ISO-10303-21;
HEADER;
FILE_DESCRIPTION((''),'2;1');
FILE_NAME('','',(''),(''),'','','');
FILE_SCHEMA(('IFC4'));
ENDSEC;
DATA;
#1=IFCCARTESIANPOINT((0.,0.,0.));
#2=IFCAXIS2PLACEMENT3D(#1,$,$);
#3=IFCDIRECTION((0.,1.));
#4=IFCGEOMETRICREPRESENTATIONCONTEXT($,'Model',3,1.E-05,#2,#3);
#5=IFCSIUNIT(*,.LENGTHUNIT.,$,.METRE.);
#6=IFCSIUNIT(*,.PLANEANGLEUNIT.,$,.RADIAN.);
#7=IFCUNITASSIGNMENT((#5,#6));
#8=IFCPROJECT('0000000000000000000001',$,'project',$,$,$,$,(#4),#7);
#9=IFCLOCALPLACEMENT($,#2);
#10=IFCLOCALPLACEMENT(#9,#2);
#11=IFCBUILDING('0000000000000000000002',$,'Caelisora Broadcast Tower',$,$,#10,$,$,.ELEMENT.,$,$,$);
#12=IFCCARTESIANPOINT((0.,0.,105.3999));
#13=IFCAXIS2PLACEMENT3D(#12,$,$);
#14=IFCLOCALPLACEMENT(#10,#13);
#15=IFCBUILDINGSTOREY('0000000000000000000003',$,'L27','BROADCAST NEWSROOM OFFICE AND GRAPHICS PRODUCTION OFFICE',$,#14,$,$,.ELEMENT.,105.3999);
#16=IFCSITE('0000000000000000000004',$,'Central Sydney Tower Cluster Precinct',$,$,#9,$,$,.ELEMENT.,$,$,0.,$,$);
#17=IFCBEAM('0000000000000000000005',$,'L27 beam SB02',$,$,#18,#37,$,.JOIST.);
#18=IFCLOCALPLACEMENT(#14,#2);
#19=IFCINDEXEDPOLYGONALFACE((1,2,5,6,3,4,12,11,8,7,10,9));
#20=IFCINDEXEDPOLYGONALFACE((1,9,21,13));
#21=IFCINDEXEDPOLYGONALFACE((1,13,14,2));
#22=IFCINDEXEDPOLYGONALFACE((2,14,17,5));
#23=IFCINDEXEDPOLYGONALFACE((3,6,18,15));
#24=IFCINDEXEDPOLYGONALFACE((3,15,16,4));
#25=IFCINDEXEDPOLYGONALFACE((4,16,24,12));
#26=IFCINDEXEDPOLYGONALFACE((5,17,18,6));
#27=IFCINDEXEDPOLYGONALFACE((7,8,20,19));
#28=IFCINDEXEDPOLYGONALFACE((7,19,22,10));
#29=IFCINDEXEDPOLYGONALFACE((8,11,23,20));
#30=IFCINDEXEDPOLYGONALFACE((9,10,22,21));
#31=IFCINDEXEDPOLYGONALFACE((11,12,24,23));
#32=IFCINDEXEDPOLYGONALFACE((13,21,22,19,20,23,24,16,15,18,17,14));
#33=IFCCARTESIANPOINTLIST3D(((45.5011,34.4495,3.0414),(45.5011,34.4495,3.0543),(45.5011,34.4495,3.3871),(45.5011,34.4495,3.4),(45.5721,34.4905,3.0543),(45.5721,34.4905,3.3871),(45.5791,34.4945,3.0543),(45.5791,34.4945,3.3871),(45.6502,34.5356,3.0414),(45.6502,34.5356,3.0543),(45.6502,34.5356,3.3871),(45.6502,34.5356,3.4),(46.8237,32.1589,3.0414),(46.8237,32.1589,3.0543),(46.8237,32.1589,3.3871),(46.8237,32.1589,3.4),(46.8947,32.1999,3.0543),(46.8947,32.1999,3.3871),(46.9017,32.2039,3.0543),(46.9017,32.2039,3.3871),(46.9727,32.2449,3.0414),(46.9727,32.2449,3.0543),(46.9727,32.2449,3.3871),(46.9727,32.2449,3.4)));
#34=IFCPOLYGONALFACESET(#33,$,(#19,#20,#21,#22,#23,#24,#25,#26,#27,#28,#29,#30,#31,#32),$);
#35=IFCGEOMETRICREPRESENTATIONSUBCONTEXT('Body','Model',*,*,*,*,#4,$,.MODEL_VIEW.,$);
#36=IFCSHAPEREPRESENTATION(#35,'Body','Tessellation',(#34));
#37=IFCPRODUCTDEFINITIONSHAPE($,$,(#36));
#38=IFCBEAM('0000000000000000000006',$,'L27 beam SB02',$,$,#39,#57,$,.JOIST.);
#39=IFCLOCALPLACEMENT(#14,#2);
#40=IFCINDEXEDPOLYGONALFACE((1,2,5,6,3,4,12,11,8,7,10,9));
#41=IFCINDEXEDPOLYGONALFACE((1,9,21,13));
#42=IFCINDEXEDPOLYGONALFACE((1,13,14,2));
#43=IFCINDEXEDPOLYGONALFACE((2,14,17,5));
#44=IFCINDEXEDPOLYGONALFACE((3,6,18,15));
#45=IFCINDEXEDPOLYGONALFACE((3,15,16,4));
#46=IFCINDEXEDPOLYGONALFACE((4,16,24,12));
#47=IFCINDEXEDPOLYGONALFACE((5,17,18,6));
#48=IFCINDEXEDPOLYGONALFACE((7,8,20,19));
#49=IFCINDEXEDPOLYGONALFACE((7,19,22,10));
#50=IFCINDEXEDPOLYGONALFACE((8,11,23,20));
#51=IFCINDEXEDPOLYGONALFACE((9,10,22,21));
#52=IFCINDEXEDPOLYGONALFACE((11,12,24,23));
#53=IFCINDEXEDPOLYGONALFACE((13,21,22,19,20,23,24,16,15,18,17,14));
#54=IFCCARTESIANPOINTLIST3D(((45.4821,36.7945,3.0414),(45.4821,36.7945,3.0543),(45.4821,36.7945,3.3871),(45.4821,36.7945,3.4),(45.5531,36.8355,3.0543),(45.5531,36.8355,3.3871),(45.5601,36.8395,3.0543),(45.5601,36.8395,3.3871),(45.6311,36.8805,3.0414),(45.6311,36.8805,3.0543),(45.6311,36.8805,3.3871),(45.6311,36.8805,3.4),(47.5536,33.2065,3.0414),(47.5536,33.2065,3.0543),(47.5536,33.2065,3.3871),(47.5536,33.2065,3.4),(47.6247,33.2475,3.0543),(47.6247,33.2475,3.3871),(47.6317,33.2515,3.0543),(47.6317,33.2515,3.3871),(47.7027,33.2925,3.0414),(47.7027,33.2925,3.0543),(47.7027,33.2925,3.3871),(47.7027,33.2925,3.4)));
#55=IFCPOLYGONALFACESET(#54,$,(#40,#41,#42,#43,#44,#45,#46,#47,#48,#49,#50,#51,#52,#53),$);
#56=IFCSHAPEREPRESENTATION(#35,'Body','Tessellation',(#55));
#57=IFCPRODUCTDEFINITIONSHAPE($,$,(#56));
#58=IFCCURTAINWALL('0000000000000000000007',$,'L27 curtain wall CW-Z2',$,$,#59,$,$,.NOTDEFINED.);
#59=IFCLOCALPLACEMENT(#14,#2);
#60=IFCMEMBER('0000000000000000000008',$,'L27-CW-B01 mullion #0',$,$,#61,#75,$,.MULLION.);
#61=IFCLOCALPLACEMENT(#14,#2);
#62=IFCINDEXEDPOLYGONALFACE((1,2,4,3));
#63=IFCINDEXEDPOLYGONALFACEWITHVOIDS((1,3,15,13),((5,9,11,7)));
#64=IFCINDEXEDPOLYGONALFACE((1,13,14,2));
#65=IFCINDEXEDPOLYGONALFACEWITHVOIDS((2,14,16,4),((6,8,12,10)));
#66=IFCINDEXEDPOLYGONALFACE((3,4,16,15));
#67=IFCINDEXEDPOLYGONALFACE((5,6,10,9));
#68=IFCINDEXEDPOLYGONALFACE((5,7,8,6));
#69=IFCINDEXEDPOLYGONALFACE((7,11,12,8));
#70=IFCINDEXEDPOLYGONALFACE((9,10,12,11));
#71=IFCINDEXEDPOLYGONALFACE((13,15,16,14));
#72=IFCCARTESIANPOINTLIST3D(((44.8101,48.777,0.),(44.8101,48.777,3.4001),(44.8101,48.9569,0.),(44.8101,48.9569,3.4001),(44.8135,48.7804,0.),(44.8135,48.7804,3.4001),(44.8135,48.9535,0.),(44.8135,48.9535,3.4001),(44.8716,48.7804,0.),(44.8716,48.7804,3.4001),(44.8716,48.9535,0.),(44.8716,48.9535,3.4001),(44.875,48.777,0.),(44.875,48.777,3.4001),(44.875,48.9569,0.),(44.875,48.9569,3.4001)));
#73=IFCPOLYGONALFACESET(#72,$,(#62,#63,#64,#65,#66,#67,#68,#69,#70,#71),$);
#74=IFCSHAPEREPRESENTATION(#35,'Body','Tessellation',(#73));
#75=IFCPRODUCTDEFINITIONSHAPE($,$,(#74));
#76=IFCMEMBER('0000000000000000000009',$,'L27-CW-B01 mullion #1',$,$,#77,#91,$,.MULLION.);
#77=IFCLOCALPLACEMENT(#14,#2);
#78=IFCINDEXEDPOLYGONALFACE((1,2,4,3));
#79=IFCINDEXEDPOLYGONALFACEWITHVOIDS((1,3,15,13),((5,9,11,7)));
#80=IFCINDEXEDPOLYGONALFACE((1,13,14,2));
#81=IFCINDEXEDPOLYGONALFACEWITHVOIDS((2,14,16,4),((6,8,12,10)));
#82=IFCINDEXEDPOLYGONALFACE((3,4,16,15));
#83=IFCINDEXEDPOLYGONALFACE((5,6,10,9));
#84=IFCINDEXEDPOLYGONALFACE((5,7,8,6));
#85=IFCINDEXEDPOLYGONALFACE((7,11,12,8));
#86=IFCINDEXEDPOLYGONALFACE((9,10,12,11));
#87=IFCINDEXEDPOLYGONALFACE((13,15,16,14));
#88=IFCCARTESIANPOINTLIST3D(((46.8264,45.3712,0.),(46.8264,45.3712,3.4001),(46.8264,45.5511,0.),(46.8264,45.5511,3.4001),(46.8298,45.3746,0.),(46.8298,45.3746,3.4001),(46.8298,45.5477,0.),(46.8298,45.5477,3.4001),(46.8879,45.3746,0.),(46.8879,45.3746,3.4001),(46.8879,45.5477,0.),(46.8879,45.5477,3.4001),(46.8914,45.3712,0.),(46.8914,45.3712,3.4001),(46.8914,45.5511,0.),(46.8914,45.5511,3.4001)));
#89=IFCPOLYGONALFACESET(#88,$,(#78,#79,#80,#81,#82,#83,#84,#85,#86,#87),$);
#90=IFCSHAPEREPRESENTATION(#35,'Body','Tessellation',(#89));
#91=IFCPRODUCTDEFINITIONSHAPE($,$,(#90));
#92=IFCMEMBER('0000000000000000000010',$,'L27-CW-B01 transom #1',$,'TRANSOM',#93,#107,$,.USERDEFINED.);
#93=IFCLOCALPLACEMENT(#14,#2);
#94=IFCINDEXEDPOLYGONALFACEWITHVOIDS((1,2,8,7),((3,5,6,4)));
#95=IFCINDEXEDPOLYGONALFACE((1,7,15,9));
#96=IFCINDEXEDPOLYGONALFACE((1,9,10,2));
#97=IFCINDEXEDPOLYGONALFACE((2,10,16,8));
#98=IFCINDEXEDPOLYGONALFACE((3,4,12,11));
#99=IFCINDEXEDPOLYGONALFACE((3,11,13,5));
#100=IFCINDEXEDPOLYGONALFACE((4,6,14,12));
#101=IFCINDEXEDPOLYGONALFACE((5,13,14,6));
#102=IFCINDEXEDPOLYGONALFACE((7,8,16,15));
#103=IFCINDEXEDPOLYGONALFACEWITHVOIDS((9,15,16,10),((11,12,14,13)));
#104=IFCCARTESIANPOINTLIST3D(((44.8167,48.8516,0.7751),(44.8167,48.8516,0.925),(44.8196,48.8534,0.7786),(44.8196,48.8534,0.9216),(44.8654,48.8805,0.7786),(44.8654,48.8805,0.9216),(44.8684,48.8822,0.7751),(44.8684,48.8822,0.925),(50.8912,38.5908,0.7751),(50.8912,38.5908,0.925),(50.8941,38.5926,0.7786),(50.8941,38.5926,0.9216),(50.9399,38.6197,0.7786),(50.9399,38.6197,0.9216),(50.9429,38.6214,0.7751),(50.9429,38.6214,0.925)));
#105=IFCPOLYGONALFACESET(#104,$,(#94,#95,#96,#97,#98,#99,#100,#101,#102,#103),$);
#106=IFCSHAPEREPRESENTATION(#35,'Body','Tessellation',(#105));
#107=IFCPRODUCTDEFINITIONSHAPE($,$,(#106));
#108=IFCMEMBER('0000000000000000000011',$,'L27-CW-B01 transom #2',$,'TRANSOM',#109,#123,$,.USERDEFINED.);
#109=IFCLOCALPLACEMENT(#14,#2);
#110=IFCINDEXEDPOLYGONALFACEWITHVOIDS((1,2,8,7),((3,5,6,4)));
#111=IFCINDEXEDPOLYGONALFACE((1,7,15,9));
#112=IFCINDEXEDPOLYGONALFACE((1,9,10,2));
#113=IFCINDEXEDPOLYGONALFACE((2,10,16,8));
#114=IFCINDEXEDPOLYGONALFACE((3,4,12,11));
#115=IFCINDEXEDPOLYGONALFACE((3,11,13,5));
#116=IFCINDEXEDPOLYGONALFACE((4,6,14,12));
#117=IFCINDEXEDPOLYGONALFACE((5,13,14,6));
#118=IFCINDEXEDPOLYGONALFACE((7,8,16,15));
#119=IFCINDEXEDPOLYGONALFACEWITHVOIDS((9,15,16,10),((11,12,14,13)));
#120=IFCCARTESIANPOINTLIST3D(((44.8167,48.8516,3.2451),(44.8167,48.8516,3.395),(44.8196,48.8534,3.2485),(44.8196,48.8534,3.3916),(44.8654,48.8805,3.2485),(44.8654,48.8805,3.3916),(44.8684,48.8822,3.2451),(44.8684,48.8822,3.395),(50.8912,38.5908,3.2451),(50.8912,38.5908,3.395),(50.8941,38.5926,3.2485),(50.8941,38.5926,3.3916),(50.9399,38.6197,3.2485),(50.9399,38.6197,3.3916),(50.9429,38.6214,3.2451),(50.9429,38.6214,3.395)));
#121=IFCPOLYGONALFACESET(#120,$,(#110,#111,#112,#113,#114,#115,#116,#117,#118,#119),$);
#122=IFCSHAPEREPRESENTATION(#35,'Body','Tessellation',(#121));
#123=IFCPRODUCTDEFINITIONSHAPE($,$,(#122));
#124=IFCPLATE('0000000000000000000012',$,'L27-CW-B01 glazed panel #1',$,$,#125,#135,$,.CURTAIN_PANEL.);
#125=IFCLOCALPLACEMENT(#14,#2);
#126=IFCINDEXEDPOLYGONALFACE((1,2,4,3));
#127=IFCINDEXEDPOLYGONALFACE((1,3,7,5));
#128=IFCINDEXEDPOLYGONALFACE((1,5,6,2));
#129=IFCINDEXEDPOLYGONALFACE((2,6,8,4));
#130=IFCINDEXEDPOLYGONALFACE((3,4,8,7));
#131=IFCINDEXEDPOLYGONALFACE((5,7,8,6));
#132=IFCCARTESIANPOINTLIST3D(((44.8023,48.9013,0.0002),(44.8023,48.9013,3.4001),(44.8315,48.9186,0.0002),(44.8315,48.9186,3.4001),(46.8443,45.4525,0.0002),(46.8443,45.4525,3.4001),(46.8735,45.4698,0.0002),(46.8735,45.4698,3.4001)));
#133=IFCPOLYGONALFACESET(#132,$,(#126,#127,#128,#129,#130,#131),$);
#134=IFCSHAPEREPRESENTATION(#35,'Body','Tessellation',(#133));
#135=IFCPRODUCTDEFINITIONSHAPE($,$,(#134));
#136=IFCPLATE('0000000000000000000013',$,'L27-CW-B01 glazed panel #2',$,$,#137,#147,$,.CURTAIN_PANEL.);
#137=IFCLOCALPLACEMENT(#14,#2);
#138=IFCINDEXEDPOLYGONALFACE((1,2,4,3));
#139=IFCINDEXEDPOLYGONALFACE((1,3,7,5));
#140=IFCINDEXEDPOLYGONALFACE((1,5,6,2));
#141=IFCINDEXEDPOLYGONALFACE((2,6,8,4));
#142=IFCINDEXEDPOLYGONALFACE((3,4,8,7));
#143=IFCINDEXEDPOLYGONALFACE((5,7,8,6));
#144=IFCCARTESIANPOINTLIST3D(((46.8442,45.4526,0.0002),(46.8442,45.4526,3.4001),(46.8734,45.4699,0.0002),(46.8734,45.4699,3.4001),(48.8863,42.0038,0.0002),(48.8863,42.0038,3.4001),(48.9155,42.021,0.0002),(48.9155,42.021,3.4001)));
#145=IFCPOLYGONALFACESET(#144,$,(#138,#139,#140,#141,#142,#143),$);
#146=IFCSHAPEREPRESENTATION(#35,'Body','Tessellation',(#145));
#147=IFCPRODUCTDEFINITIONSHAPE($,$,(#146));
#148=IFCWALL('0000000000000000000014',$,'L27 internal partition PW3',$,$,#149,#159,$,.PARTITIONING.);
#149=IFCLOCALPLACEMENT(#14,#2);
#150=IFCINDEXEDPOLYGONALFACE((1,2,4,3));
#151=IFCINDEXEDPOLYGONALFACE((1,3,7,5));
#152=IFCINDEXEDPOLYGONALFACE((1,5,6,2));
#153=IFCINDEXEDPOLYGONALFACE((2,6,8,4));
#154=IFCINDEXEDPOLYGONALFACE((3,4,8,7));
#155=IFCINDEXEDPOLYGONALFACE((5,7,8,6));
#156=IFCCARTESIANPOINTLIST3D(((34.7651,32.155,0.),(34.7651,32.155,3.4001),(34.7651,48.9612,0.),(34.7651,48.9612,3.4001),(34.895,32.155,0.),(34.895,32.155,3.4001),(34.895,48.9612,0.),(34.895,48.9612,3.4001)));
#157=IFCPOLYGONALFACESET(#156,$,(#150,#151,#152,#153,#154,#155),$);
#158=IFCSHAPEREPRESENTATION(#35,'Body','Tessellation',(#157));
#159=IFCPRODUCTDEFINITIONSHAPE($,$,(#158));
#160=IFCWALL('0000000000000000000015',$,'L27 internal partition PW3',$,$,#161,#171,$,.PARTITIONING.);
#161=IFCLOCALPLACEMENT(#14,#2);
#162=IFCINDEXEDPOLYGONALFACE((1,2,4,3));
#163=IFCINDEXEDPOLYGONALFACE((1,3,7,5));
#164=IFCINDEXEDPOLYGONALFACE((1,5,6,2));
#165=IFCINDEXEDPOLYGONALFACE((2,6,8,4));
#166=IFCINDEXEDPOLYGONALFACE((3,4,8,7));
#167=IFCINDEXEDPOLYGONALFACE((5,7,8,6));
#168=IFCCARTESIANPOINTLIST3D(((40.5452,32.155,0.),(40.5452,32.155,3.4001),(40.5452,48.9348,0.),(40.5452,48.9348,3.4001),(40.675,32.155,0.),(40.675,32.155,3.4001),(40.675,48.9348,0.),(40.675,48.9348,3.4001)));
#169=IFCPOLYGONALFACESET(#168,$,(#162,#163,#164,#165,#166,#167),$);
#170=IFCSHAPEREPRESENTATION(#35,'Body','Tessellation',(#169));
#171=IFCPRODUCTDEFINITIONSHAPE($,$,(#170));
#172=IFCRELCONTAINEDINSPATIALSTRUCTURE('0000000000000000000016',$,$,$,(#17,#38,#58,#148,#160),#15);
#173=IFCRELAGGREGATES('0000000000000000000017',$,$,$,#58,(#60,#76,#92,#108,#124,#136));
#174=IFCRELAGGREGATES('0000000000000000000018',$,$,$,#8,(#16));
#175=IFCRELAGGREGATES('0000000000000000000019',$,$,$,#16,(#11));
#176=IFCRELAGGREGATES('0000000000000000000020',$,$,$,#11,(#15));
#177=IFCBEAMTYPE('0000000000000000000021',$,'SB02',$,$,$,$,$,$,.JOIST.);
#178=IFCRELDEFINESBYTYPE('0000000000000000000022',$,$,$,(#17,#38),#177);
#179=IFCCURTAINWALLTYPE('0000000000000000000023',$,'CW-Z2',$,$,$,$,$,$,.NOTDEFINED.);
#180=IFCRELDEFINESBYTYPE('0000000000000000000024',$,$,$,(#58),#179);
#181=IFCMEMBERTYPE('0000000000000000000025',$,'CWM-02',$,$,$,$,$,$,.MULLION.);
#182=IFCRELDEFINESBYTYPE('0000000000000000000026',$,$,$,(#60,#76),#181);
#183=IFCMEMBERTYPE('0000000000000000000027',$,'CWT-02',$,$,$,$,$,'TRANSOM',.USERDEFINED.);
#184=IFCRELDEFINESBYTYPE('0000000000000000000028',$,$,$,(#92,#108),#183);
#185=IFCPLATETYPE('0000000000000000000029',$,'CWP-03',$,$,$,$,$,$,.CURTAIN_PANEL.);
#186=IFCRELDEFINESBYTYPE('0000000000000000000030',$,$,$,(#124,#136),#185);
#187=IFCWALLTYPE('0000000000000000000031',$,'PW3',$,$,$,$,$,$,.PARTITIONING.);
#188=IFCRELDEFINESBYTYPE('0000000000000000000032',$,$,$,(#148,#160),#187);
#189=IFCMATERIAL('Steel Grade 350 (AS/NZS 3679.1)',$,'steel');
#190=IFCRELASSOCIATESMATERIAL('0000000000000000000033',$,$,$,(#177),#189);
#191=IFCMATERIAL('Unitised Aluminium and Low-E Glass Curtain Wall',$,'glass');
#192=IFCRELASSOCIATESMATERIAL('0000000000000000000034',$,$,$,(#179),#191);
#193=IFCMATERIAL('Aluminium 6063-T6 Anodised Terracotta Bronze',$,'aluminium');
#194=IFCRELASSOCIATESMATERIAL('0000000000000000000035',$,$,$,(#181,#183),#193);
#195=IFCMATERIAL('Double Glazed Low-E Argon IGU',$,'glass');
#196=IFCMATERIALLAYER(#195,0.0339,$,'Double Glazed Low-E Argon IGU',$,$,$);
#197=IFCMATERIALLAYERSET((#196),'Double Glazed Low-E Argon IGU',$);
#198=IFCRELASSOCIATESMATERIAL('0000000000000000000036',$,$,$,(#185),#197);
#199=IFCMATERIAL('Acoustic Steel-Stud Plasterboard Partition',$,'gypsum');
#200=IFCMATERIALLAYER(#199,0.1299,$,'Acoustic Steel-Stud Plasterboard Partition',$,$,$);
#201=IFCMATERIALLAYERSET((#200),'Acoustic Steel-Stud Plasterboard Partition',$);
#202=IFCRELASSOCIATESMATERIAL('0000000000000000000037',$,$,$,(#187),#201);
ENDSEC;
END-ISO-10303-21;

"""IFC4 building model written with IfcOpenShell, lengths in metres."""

from ifc_helpers import new_model, si_unit, direction, frame, frame_2d, origin, origin_2d, place, context, subcontext, project, spatial, rectangle, hollow_rectangle, i_section, extrude, source, transform, mapped, material, layer, layer_set, material_profile, profile_set, type_object, type_shapes, element, aggregate, save


model = new_model("IFC4")

# Units and contexts
model_context = context("Model", 3, precision=1e-05, world=origin(), true_north=direction((0.0, 1.0)))
body_context = subcontext(model_context, "Body", "Model", "MODEL_VIEW")
ifc_project = project(units=[si_unit("LENGTHUNIT", "METRE"), si_unit("PLANEANGLEUNIT", "RADIAN")], contexts=[model_context])

# Site, building, storey
site_placement = place(None, origin())
site = spatial("IfcSite", under=ifc_project, at=site_placement, Name="Central Sydney Tower Cluster Precinct", CompositionType="ELEMENT", RefElevation=0.0)
building_placement = place(site_placement, origin())
building = spatial("IfcBuilding", under=site, at=building_placement, Name="Caelisora Broadcast Tower", CompositionType="ELEMENT")
storey_placement = place(building_placement, frame((0.0, 0.0, 105.3999)))
storey = spatial("IfcBuildingStorey", under=building, at=storey_placement, Name="L27", Description="BROADCAST NEWSROOM OFFICE AND GRAPHICS PRODUCTION OFFICE", CompositionType="ELEMENT", Elevation=105.3999)

# Beams
ifc_material_1 = material(Name="Steel Grade 350 (AS/NZS 3679.1)", Category="steel")
ifc_material_profile_1 = material_profile(ifc_material_1, i_section(OverallWidth=0.1721, OverallDepth=0.3586, WebThickness=0.0081, FlangeThickness=0.0129, at=origin_2d()), Name="Steel Grade 350 (AS/NZS 3679.1)")
ifc_profile_set_1 = profile_set([ifc_material_profile_1], Name="Steel Grade 350 (AS/NZS 3679.1)")
beam_type_1 = type_object("IfcBeamType", Name="SB02", PredefinedType="JOIST", material=ifc_profile_set_1)
shared_shape_1 = source(origin(), body_context, "Body", "SweptSolid", [
    extrude(i_section(OverallWidth=0.1721, OverallDepth=0.3586, WebThickness=0.0081, FlangeThickness=0.0129, at=origin_2d()), origin(), (0.0, 0.0, 1.0), 2.645),
])
beam_1_placement = place(storey_placement, frame((46.8982, 32.2019, 3.2207), z_axis=(-0.500021, 0.866013, 0.0), x_axis=(-0.866013, -0.500021, 0.0)))
element("IfcBeam", 1, at=beam_1_placement, inside=storey, type_object=beam_type_1, Name="L27 beam SB02", PredefinedType="JOIST", context=body_context, shape_type="MappedRepresentation", body=[
    mapped(shared_shape_1, transform((0.0, 0.0, 0.0), scale=1.0)),
])
shared_shape_2 = source(origin(), body_context, "Body", "SweptSolid", [
    extrude(i_section(OverallWidth=0.1721, OverallDepth=0.3586, WebThickness=0.0081, FlangeThickness=0.0129, at=origin_2d()), origin(), (0.0, 0.0, 1.0), 4.1431),
])
beam_2_placement = place(storey_placement, frame((47.6282, 33.2495, 3.2207), z_axis=(-0.500012, 0.866019, 0.0), x_axis=(-0.866019, -0.500012, 0.0)))
element("IfcBeam", 2, at=beam_2_placement, inside=storey, type_object=beam_type_1, Name="L27 beam SB02", PredefinedType="JOIST", context=body_context, shape_type="MappedRepresentation", body=[
    mapped(shared_shape_2, transform((0.0, 0.0, 0.0), scale=1.0)),
])

# Curtain wall, members, plates
ifc_material_2 = material(Name="Unitised Aluminium and Low-E Glass Curtain Wall", Category="glass")
curtain_wall_type = type_object("IfcCurtainWallType", Name="CW-Z2", PredefinedType="NOTDEFINED", material=ifc_material_2)
curtain_wall_placement = place(storey_placement, origin())
curtain_wall = element("IfcCurtainWall", 3, at=curtain_wall_placement, inside=storey, type_object=curtain_wall_type, Name="L27 curtain wall CW-Z2", PredefinedType="NOTDEFINED")
ifc_material_3 = material(Name="Aluminium 6063-T6 Anodised Terracotta Bronze", Category="aluminium")
ifc_material_profile_2 = material_profile(ifc_material_3, hollow_rectangle(XDim=0.0649, YDim=0.1799, WallThickness=0.0034, at=origin_2d()), Name="Aluminium 6063-T6 Anodised Terracotta Bronze")
ifc_profile_set_2 = profile_set([ifc_material_profile_2], Name="Aluminium 6063-T6 Anodised Terracotta Bronze")
member_type_1 = type_object("IfcMemberType", Name="CWM-02", PredefinedType="MULLION", material=ifc_profile_set_2)
shared_shape_3 = source(origin(), body_context, "Body", "SweptSolid", [
    extrude(hollow_rectangle(XDim=0.0649, YDim=0.1799, WallThickness=0.0034, at=origin_2d()), origin(), (0.0, 0.0, 1.0), 3.4001),
])
type_shapes(member_type_1, [shared_shape_3])
member_1_placement = place(storey_placement, frame((44.8425, 48.8669, 0.0), z_axis=(0.0, 0.0, 1.0), x_axis=(1.0, 0.0, 0.0)))
member_1 = element("IfcMember", 4, at=member_1_placement, type_object=member_type_1, Name="L27-CW-B01 mullion #0", PredefinedType="MULLION", context=body_context, shape_type="MappedRepresentation", body=[
    mapped(shared_shape_3, transform((0.0, 0.0, 0.0), scale=1.0)),
])
member_2_placement = place(storey_placement, frame((46.8589, 45.4612, 0.0), z_axis=(0.0, 0.0, 1.0), x_axis=(1.0, 0.0, 0.0)))
member_2 = element("IfcMember", 5, at=member_2_placement, type_object=member_type_1, Name="L27-CW-B01 mullion #1", PredefinedType="MULLION", context=body_context, shape_type="MappedRepresentation", body=[
    mapped(shared_shape_3, transform((0.0, 0.0, 0.0), scale=1.0)),
])
ifc_material_profile_3 = material_profile(ifc_material_3, hollow_rectangle(XDim=0.0601, YDim=0.1499, WallThickness=0.0034, at=origin_2d()), Name="Aluminium 6063-T6 Anodised Terracotta Bronze")
ifc_profile_set_3 = profile_set([ifc_material_profile_3], Name="Aluminium 6063-T6 Anodised Terracotta Bronze")
member_type_2 = type_object("IfcMemberType", Name="CWT-02", ElementType="TRANSOM", PredefinedType="USERDEFINED", material=ifc_profile_set_3)
shared_shape_4 = source(origin(), body_context, "Body", "SweptSolid", [
    extrude(hollow_rectangle(XDim=0.0601, YDim=0.1499, WallThickness=0.0034, at=origin_2d()), origin(), (0.0, 0.0, 1.0), 11.9241),
])
type_shapes(member_type_2, [shared_shape_4])
member_3_placement = place(storey_placement, frame((44.8425, 48.8669, 0.8501), z_axis=(0.509431, -0.860511, 0.0), x_axis=(0.860511, 0.509431, 0.0)))
member_3 = element("IfcMember", 6, at=member_3_placement, type_object=member_type_2, Name="L27-CW-B01 transom #1", ObjectType="TRANSOM", PredefinedType="USERDEFINED", context=body_context, shape_type="MappedRepresentation", body=[
    mapped(shared_shape_4, transform((0.0, 0.0, 0.0), scale=1.0)),
])
member_4_placement = place(storey_placement, frame((44.8425, 48.8669, 3.3201), z_axis=(0.509431, -0.860511, 0.0), x_axis=(0.860511, 0.509431, 0.0)))
member_4 = element("IfcMember", 7, at=member_4_placement, type_object=member_type_2, Name="L27-CW-B01 transom #2", ObjectType="TRANSOM", PredefinedType="USERDEFINED", context=body_context, shape_type="MappedRepresentation", body=[
    mapped(shared_shape_4, transform((0.0, 0.0, 0.0), scale=1.0)),
])
ifc_material_4 = material(Name="Double Glazed Low-E Argon IGU", Category="glass")
ifc_layer_1 = layer(ifc_material_4, 0.0339, Name="Double Glazed Low-E Argon IGU")
ifc_layer_set_1 = layer_set([ifc_layer_1], Name="Double Glazed Low-E Argon IGU")
plate_type = type_object("IfcPlateType", Name="CWP-03", PredefinedType="CURTAIN_PANEL", material=ifc_layer_set_1)
shared_shape_5 = source(origin(), body_context, "Body", "SweptSolid", [
    extrude(rectangle(XDim=4.0081, YDim=0.0339, at=origin_2d()), origin(), (0.0, 0.0, 1.0), 3.3999),
])
type_shapes(plate_type, [shared_shape_5])
plate_1_placement = place(storey_placement, frame((45.8379, 47.1855, 0.0002), z_axis=(0.0, 0.0, 1.0), x_axis=(0.509492, -0.860475, 0.0)))
plate_1 = element("IfcPlate", 8, at=plate_1_placement, type_object=plate_type, Name="L27-CW-B01 glazed panel #1", PredefinedType="CURTAIN_PANEL", context=body_context, shape_type="MappedRepresentation", body=[
    mapped(shared_shape_5, transform((0.0, 0.0, 0.0), scale=1.0)),
])
plate_2_placement = place(storey_placement, frame((47.8799, 43.7368, 0.0002), z_axis=(0.0, 0.0, 1.0), x_axis=(0.509492, -0.860475, 0.0)))
plate_2 = element("IfcPlate", 9, at=plate_2_placement, type_object=plate_type, Name="L27-CW-B01 glazed panel #2", PredefinedType="CURTAIN_PANEL", context=body_context, shape_type="MappedRepresentation", body=[
    mapped(shared_shape_5, transform((0.0, 0.0, 0.0), scale=1.0)),
])
aggregate(curtain_wall, [member_1, member_2, member_3, member_4, plate_1, plate_2])

# Walls
ifc_material_5 = material(Name="Acoustic Steel-Stud Plasterboard Partition", Category="gypsum")
ifc_layer_2 = layer(ifc_material_5, 0.1299, Name="Acoustic Steel-Stud Plasterboard Partition")
ifc_layer_set_2 = layer_set([ifc_layer_2], Name="Acoustic Steel-Stud Plasterboard Partition")
wall_type = type_object("IfcWallType", Name="PW3", PredefinedType="PARTITIONING", material=ifc_layer_set_2)
wall_1_placement = place(storey_placement, frame((34.8301, 32.155, 0.0), z_axis=(0.0, 0.0, 1.0), x_axis=(0.0, 1.0, 0.0)))
element("IfcWall", 10, at=wall_1_placement, inside=storey, type_object=wall_type, Name="L27 internal partition PW3", PredefinedType="PARTITIONING", context=body_context, shape_type="SweptSolid", body=[
    extrude(rectangle(XDim=16.8062, YDim=0.1299, at=frame_2d((8.4031, 0.0))), origin(), (0.0, 0.0, 1.0), 3.4001),
])
wall_2_placement = place(storey_placement, frame((40.6101, 32.155, 0.0), z_axis=(0.0, 0.0, 1.0), x_axis=(0.0, 1.0, 0.0)))
element("IfcWall", 11, at=wall_2_placement, inside=storey, type_object=wall_type, Name="L27 internal partition PW3", PredefinedType="PARTITIONING", context=body_context, shape_type="SweptSolid", body=[
    extrude(rectangle(XDim=16.7798, YDim=0.1299, at=frame_2d((8.3899, 0.0))), origin(), (0.0, 0.0, 1.0), 3.4001),
])

save(model, "model.ifc")
